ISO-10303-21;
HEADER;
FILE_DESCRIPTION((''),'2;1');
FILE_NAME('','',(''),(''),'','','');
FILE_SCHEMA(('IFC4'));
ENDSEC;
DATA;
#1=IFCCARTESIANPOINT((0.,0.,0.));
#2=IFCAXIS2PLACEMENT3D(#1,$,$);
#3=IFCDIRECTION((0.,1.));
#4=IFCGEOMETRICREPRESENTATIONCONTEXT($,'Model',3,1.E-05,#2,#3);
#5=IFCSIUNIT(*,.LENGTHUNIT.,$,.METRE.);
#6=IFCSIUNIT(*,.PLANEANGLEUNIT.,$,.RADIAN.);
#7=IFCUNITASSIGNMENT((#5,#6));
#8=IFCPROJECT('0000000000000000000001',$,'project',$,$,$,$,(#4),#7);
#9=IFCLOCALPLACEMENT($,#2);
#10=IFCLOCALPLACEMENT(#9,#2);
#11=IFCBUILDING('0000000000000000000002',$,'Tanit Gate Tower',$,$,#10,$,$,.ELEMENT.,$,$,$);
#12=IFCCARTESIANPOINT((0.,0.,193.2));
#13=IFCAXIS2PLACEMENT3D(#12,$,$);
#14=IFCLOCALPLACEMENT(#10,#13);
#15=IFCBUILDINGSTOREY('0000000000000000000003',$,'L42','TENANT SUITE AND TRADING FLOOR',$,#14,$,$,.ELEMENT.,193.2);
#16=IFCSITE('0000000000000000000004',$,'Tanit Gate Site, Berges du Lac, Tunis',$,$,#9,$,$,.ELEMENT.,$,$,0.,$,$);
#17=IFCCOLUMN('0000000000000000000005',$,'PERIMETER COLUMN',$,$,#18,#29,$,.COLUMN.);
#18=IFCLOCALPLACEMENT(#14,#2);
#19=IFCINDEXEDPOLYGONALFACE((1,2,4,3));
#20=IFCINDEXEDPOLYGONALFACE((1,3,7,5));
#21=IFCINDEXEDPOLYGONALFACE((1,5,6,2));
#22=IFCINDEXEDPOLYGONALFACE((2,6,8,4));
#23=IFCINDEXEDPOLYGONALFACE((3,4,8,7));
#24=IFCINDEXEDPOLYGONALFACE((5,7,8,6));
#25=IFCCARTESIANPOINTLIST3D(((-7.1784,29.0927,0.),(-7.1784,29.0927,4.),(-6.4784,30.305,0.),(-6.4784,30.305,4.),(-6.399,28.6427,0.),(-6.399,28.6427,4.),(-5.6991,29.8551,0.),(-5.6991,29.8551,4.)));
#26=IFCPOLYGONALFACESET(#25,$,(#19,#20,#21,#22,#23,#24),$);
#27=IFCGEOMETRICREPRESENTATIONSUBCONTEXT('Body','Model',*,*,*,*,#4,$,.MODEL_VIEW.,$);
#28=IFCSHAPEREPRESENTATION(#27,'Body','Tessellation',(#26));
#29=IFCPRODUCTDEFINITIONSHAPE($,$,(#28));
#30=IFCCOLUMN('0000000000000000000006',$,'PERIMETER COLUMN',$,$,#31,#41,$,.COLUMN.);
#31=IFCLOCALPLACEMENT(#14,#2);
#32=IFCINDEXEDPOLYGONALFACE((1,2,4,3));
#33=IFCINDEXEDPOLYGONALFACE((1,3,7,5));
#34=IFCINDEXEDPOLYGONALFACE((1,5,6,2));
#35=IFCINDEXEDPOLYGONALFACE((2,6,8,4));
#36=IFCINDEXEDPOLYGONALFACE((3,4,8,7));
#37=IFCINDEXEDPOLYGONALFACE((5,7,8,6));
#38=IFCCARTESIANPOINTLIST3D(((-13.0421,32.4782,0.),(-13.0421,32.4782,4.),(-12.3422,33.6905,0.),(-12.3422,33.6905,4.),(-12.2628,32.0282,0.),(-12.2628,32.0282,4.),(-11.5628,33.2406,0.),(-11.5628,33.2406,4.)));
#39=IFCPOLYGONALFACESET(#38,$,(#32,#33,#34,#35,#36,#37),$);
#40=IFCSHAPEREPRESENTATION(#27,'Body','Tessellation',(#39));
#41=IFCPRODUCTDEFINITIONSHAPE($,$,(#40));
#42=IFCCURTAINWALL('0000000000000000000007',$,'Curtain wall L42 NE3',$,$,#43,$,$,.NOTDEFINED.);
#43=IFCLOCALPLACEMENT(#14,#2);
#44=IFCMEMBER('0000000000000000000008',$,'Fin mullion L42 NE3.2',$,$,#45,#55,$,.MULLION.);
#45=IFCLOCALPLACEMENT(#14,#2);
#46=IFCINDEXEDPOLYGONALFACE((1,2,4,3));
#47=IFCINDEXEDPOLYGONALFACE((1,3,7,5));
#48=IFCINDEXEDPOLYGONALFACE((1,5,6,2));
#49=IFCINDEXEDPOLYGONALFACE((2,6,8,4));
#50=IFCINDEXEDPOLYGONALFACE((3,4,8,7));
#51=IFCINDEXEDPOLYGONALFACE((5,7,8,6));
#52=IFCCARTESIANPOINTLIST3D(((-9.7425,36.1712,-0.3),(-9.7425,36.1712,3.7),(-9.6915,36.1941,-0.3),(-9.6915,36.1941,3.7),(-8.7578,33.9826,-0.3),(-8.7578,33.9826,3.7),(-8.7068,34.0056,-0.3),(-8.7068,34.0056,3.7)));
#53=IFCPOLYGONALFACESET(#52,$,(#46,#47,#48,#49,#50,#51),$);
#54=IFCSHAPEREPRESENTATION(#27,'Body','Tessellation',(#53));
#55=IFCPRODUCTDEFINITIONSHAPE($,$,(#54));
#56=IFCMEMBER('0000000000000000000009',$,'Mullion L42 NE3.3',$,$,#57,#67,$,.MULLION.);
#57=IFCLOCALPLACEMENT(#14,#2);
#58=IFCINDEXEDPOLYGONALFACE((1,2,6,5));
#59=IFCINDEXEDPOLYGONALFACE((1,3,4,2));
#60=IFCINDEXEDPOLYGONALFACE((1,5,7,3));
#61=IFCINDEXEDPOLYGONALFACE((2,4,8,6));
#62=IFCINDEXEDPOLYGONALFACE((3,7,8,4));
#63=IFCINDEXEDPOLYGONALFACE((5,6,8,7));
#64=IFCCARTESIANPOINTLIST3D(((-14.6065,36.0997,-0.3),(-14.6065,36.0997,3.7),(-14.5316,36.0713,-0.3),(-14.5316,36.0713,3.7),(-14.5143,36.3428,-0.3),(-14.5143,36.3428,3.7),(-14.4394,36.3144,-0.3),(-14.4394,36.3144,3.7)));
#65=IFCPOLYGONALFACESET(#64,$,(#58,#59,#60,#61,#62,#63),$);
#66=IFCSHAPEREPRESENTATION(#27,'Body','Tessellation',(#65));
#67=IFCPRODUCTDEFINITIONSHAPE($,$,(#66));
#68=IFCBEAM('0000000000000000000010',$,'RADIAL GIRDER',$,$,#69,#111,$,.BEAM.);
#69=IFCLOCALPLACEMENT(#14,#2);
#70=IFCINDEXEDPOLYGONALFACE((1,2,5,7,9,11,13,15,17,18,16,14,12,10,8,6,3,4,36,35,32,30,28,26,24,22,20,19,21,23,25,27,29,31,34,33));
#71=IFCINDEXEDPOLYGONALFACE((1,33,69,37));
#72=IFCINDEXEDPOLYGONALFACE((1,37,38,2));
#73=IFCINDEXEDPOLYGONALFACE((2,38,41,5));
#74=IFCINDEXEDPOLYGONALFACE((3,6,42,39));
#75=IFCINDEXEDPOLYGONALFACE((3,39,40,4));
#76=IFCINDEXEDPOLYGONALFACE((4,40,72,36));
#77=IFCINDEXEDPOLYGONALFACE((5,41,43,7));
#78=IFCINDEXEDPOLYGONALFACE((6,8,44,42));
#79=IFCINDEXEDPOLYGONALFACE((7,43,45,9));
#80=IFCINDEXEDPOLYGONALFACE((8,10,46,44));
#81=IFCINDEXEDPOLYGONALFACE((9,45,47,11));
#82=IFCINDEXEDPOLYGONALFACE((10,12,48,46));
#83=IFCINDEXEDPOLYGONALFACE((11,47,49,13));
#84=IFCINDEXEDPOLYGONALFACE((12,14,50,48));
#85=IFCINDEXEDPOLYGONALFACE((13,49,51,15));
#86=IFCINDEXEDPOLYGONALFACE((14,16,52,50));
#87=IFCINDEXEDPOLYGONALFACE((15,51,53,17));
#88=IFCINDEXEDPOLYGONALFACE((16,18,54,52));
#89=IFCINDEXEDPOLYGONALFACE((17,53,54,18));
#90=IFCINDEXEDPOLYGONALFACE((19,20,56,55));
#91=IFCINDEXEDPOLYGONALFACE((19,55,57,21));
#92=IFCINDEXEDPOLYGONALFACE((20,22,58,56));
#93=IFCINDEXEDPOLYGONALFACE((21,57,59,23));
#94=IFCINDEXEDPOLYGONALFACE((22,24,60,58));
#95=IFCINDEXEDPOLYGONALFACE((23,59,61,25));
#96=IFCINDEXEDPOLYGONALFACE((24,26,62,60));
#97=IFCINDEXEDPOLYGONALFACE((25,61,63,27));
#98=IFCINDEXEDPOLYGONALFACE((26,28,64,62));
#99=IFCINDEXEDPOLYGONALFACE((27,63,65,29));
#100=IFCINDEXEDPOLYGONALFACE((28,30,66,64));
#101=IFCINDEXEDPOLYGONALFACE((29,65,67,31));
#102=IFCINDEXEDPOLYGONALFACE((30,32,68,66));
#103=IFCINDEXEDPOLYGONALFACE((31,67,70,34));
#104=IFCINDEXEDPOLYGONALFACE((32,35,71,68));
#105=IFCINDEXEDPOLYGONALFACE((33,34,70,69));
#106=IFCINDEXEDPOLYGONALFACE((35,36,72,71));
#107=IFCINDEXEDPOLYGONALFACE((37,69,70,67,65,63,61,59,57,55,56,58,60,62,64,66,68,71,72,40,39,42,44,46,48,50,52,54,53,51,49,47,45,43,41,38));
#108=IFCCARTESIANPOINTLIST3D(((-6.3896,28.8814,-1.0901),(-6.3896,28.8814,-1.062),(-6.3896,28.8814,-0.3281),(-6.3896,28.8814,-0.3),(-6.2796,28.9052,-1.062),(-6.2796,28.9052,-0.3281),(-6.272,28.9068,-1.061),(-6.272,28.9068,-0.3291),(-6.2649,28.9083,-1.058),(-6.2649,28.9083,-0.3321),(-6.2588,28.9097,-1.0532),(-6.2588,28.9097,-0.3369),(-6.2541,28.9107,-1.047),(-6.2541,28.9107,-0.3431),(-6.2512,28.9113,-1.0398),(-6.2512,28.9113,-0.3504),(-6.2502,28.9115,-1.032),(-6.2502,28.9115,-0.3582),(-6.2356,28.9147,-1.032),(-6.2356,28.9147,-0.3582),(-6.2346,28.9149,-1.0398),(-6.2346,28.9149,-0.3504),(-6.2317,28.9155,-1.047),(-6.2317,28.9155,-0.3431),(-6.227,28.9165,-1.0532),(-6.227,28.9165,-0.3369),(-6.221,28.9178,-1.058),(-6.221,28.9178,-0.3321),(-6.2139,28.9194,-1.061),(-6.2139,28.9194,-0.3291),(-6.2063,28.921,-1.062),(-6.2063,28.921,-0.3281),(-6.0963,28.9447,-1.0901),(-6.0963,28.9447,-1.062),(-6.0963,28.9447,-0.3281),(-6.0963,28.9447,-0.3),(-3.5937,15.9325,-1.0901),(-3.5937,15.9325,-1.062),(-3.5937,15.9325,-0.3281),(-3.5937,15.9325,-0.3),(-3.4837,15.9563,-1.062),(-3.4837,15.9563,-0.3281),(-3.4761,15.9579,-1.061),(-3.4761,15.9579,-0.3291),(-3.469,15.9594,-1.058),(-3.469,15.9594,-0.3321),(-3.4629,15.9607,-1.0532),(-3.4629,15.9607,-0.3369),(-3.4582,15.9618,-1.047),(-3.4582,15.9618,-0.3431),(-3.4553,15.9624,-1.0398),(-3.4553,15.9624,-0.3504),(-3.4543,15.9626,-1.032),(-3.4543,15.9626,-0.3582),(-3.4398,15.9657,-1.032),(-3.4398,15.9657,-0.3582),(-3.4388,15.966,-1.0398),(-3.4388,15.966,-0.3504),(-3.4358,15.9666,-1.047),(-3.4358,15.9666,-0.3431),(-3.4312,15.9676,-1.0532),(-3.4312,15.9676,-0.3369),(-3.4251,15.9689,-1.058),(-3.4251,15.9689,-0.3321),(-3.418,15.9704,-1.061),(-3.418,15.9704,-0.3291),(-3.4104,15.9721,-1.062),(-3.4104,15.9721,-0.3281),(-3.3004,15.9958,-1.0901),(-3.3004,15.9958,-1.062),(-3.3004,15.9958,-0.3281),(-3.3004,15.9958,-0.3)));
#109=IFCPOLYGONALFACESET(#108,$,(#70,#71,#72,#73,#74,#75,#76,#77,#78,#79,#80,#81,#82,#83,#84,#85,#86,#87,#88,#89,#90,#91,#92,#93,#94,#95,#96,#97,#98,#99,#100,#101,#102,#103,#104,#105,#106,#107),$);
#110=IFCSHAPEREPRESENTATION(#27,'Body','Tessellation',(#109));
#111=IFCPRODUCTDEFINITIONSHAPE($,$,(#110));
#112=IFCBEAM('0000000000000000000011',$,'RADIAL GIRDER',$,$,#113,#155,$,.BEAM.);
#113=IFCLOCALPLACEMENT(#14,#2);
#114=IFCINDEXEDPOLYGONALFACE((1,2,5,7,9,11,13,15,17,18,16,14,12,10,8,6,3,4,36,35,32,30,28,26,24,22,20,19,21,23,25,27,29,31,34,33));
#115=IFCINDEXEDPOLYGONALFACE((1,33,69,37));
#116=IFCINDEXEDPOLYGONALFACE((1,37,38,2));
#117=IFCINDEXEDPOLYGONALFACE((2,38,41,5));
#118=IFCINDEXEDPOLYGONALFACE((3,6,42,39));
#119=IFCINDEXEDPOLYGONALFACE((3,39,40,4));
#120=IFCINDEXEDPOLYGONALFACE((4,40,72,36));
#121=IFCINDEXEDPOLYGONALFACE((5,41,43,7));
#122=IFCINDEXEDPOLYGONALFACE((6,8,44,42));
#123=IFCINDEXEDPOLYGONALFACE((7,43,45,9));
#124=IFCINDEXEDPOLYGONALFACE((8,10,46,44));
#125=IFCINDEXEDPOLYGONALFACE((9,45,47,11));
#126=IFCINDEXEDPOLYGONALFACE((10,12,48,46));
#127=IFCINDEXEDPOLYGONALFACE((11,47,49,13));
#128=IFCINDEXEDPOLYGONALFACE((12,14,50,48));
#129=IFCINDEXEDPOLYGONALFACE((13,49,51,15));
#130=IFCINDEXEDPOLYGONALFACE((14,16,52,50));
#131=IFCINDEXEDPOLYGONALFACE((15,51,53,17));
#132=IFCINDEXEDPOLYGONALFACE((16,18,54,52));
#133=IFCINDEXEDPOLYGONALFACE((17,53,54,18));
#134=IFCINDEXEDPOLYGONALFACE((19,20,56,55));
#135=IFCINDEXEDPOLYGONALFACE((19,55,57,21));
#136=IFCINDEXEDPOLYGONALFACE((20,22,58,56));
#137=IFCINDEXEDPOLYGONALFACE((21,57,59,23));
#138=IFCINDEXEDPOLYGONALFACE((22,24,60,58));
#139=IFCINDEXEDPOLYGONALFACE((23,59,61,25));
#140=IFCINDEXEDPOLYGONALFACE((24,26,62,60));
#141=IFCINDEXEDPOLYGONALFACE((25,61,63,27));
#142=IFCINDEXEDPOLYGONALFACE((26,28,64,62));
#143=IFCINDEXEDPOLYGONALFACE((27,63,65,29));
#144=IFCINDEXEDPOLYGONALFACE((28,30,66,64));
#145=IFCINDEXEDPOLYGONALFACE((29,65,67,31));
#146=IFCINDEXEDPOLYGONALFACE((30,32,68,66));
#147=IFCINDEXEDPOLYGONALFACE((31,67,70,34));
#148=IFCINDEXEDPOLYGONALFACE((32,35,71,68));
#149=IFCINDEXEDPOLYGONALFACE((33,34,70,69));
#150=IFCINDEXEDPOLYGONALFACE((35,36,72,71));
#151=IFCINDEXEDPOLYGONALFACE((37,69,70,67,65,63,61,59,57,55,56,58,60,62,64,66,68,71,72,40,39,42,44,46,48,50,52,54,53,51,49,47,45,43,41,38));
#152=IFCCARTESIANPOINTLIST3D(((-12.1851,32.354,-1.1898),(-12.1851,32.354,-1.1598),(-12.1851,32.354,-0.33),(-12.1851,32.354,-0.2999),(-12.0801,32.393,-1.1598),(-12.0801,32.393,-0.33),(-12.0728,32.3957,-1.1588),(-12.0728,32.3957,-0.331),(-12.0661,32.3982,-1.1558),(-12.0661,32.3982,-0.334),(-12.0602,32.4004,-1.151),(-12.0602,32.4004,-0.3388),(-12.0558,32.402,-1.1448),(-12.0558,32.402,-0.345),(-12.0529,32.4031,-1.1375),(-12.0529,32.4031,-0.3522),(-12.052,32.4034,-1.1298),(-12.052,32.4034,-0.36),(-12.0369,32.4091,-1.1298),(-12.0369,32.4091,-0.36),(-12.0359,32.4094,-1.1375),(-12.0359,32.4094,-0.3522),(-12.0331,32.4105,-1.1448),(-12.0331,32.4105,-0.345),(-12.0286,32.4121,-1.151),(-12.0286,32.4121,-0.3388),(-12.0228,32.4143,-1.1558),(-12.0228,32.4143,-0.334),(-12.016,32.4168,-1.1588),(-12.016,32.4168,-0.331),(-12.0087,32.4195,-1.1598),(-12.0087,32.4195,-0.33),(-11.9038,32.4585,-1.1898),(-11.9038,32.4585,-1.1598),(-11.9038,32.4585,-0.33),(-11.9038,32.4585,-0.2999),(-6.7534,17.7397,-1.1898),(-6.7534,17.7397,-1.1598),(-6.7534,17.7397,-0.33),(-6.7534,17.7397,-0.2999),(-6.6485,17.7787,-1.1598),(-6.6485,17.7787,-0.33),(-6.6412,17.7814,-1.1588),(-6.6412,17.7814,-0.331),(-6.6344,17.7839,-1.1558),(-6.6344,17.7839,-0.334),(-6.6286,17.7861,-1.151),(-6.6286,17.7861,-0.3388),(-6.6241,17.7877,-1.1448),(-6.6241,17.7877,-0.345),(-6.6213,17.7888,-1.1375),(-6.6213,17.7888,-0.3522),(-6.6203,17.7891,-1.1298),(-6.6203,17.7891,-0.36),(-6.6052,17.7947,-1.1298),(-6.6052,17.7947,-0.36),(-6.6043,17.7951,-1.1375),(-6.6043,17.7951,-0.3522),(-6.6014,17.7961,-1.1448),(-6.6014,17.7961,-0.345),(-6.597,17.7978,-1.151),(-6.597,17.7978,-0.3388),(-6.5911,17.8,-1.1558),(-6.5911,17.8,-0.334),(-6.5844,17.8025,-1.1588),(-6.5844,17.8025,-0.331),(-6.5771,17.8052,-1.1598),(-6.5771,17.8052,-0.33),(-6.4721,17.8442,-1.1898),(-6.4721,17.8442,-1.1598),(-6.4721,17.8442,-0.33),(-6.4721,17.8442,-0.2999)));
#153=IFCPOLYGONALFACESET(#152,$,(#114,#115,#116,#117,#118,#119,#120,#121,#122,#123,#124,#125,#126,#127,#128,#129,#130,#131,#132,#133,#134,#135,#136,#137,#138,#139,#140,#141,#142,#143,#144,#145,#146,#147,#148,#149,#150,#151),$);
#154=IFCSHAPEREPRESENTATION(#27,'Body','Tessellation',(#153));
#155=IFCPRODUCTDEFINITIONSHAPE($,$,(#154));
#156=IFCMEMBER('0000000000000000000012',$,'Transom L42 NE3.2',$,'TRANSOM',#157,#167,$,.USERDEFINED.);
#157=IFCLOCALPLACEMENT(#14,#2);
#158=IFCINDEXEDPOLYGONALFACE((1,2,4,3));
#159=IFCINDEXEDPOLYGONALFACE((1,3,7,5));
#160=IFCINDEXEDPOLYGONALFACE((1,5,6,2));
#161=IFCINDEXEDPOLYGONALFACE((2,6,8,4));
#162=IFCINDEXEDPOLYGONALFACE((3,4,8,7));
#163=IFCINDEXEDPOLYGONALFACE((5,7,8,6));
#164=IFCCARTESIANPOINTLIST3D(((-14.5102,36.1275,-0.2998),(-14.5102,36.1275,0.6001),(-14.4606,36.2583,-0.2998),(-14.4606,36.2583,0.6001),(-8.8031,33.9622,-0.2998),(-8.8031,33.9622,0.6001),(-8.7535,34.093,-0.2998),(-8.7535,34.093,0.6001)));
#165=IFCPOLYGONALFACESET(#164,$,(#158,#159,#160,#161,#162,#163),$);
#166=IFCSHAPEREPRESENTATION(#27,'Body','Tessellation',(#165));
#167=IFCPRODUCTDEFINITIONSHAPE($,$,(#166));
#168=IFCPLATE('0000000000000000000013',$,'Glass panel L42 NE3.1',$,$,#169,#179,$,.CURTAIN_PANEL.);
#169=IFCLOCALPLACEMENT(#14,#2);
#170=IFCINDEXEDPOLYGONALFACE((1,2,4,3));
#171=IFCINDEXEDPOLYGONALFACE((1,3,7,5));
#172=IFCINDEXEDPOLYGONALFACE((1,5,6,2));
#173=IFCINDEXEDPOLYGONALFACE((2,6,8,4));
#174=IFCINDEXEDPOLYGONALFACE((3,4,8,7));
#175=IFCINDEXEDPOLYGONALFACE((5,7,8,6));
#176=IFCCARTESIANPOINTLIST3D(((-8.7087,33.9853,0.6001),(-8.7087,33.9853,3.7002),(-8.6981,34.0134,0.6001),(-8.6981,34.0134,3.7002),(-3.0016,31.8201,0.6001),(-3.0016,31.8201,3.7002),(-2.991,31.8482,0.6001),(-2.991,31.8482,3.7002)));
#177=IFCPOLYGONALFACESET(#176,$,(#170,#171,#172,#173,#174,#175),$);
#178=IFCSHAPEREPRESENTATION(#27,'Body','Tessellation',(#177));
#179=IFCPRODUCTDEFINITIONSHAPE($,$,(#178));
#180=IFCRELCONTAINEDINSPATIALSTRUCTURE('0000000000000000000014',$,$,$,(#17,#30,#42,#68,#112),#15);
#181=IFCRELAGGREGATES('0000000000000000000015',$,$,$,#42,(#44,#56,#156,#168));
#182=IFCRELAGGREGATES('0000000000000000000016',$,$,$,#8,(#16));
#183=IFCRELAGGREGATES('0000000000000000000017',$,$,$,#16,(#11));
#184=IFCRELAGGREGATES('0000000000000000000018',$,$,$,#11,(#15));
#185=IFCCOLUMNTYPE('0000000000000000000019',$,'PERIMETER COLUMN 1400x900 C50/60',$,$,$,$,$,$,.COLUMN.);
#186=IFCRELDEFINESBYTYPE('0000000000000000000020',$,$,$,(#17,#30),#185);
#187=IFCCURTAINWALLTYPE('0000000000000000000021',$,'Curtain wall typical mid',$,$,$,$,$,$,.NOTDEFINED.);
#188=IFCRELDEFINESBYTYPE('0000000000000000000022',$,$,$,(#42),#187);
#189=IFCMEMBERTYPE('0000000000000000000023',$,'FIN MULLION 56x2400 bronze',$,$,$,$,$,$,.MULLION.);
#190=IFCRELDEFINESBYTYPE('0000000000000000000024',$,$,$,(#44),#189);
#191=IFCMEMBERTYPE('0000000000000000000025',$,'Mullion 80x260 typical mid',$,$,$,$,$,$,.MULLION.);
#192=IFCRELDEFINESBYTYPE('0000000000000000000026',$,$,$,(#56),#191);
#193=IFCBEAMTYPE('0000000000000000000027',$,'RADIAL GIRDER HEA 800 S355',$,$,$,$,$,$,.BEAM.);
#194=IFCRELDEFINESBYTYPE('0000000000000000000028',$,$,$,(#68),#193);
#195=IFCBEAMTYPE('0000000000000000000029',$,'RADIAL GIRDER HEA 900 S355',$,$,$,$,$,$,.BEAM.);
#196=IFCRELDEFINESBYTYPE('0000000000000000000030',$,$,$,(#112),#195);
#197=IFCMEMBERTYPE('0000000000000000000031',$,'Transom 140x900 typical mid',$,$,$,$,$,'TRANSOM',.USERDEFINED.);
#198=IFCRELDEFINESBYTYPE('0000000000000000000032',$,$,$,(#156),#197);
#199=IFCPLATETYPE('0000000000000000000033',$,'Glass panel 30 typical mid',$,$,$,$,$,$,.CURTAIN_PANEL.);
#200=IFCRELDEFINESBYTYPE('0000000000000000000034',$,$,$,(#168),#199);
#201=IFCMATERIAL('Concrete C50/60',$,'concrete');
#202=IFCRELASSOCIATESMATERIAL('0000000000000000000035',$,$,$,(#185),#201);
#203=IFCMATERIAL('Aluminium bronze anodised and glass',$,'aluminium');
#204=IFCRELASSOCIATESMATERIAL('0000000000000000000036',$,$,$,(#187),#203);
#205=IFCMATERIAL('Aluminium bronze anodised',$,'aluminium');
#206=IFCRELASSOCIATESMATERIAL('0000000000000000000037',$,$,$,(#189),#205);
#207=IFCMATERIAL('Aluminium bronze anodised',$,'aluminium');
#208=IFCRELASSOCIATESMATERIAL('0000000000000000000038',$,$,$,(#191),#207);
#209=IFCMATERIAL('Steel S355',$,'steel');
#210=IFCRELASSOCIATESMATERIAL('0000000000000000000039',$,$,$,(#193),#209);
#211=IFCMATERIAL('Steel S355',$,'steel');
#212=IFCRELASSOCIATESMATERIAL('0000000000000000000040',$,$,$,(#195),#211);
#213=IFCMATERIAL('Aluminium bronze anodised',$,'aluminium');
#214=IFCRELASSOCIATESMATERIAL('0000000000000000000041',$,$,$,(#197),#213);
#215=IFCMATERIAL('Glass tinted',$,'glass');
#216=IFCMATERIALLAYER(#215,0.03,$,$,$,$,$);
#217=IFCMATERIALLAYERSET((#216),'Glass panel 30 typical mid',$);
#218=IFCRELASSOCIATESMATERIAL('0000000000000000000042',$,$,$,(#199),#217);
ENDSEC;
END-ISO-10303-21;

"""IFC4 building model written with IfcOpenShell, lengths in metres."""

from ifc_helpers import new_model, si_unit, direction, frame, origin, origin_2d, place, context, subcontext, project, spatial, rectangle, i_section, extrude, material, layer, layer_set, material_profile, profile_set, type_object, element, aggregate, save


model = new_model("IFC4")

# Units and contexts
model_context = context("Model", 3, precision=1e-05, world=origin(), true_north=direction((0.0, 1.0)))
body_context = subcontext(model_context, "Body", "Model", "MODEL_VIEW")
ifc_project = project(units=[si_unit("LENGTHUNIT", "METRE"), si_unit("PLANEANGLEUNIT", "RADIAN")], contexts=[model_context])

# Site, building, storey
site_placement = place(None, origin())
site = spatial("IfcSite", under=ifc_project, at=site_placement, Name="Tanit Gate Site, Berges du Lac, Tunis", CompositionType="ELEMENT", RefElevation=0.0)
building_placement = place(site_placement, origin())
building = spatial("IfcBuilding", under=site, at=building_placement, Name="Tanit Gate Tower", CompositionType="ELEMENT")
storey_placement = place(building_placement, frame((0.0, 0.0, 193.2)))
storey = spatial("IfcBuildingStorey", under=building, at=storey_placement, Name="L42", Description="TENANT SUITE AND TRADING FLOOR", CompositionType="ELEMENT", Elevation=193.2)

# Columns
ifc_material_1 = material(Name="Concrete C50/60", Category="concrete")
ifc_material_profile_1 = material_profile(ifc_material_1, rectangle(XDim=1.3999, YDim=0.8999, at=origin_2d()), Name="RC 1400x900")
ifc_profile_set_1 = profile_set([ifc_material_profile_1], Name="Concrete C50/60")
column_type = type_object("IfcColumnType", Name="PERIMETER COLUMN 1400x900 C50/60", PredefinedType="COLUMN", material=ifc_profile_set_1)
for number, where, z_axis, x_axis, name in (
    (1, (-6.4387, 29.4739, 0.0), (0.0, 0.0, 1.0), (0.5, 0.866025, 0.0), "PERIMETER COLUMN"),
    (2, (-12.3025, 32.8594, 0.0), (0.0, 0.0, 1.0), (0.5, 0.866025, 0.0), "PERIMETER COLUMN"),
):
    element("IfcColumn", number, at=place(storey_placement, frame(where, z_axis=z_axis, x_axis=x_axis)), inside=storey, type_object=column_type, Name=name, PredefinedType="COLUMN", context=body_context, shape_type="SweptSolid", body=[
        extrude(rectangle(XDim=1.3999, YDim=0.8999, at=origin_2d()), origin(), (0.0, 0.0, 1.0), 4.0),
    ])

# Curtain wall, members
ifc_material_2 = material(Name="Aluminium bronze anodised and glass", Category="aluminium")
curtain_wall_type = type_object("IfcCurtainWallType", Name="Curtain wall typical mid", PredefinedType="NOTDEFINED", material=ifc_material_2)
curtain_wall_placement = place(storey_placement, origin())
curtain_wall = element("IfcCurtainWall", 3, at=curtain_wall_placement, inside=storey, type_object=curtain_wall_type, Name="Curtain wall L42 NE3", PredefinedType="NOTDEFINED")
ifc_material_3 = material(Name="Aluminium bronze anodised", Category="aluminium")
ifc_material_profile_2 = material_profile(ifc_material_3, rectangle(XDim=2.3999, YDim=0.0559, at=origin_2d()), Name="56x2400 bronze fin mullion")
ifc_profile_set_2 = profile_set([ifc_material_profile_2], Name="Aluminium bronze anodised")
member_type_1 = type_object("IfcMemberType", Name="FIN MULLION 56x2400 bronze", PredefinedType="MULLION", material=ifc_profile_set_2)
member_1_placement = place(storey_placement, frame((-9.2246, 35.0884, -0.3), z_axis=(0.0, 0.0, 1.0), x_axis=(0.41031, -0.911946, 0.0)))
member_1 = element("IfcMember", 4, at=member_1_placement, type_object=member_type_1, Name="Fin mullion L42 NE3.2", PredefinedType="MULLION", context=body_context, shape_type="SweptSolid", body=[
    extrude(rectangle(XDim=2.3999, YDim=0.0559, at=origin_2d()), origin(), (0.0, 0.0, 1.0), 4.0),
])
ifc_material_4 = material(Name="Aluminium bronze anodised", Category="aluminium")
ifc_material_profile_3 = material_profile(ifc_material_4, rectangle(XDim=0.26, YDim=0.0801, at=origin_2d()), Name="80x260 bronze mullion")
ifc_profile_set_3 = profile_set([ifc_material_profile_3], Name="Aluminium bronze anodised")
member_type_2 = type_object("IfcMemberType", Name="Mullion 80x260 typical mid", PredefinedType="MULLION", material=ifc_profile_set_3)
member_2_placement = place(storey_placement, frame((-14.5229, 36.207, -0.3), z_axis=(0.0, 0.0, 1.0), x_axis=(-0.35471, -0.934976, 0.0)))
member_2 = element("IfcMember", 5, at=member_2_placement, type_object=member_type_2, Name="Mullion L42 NE3.3", PredefinedType="MULLION", context=body_context, shape_type="SweptSolid", body=[
    extrude(rectangle(XDim=0.26, YDim=0.0801, at=origin_2d()), origin(), (0.0, 0.0, 1.0), 4.0),
])

# Beams
ifc_material_5 = material(Name="Steel S355", Category="steel")
ifc_material_profile_4 = material_profile(ifc_material_5, i_section(OverallWidth=0.3, OverallDepth=0.79, WebThickness=0.0149, FlangeThickness=0.0281, FilletRadius=0.03, at=origin_2d()), Name="HEA 800")
ifc_profile_set_4 = profile_set([ifc_material_profile_4], Name="Steel S355")
beam_type_1 = type_object("IfcBeamType", Name="RADIAL GIRDER HEA 800 S355", PredefinedType="BEAM", material=ifc_profile_set_4)
beam_1_placement = place(storey_placement, frame((-6.2429, 28.9131, -0.6951), z_axis=(0.211053, -0.977475, 0.0), x_axis=(0.977475, 0.211053, 0.0)))
element("IfcBeam", 6, at=beam_1_placement, inside=storey, type_object=beam_type_1, Name="RADIAL GIRDER", PredefinedType="BEAM", context=body_context, shape_type="SweptSolid", body=[
    extrude(i_section(OverallWidth=0.3, OverallDepth=0.79, WebThickness=0.0149, FlangeThickness=0.0281, FilletRadius=0.03, at=origin_2d()), origin(), (0.0, 0.0, 1.0), 13.2473),
])
ifc_material_6 = material(Name="Steel S355", Category="steel")
ifc_material_profile_5 = material_profile(ifc_material_6, i_section(OverallWidth=0.3, OverallDepth=0.8899, WebThickness=0.0161, FlangeThickness=0.03, FilletRadius=0.03, at=origin_2d()), Name="HEA 900")
ifc_profile_set_5 = profile_set([ifc_material_profile_5], Name="Steel S355")
beam_type_2 = type_object("IfcBeamType", Name="RADIAL GIRDER HEA 900 S355", PredefinedType="BEAM", material=ifc_profile_set_5)
beam_2_placement = place(storey_placement, frame((-12.0444, 32.4062, -0.7449), z_axis=(0.348383, -0.937352, 0.0), x_axis=(0.937352, 0.348383, 0.0)))
element("IfcBeam", 7, at=beam_2_placement, inside=storey, type_object=beam_type_2, Name="RADIAL GIRDER", PredefinedType="BEAM", context=body_context, shape_type="SweptSolid", body=[
    extrude(i_section(OverallWidth=0.3, OverallDepth=0.8899, WebThickness=0.0161, FlangeThickness=0.03, FilletRadius=0.03, at=origin_2d()), origin(), (0.0, 0.0, 1.0), 15.5911),
])

# Member
ifc_material_7 = material(Name="Aluminium bronze anodised", Category="aluminium")
ifc_material_profile_6 = material_profile(ifc_material_7, rectangle(XDim=0.1399, YDim=0.8999, at=origin_2d()), Name="140x900 bronze transom")
ifc_profile_set_6 = profile_set([ifc_material_profile_6], Name="Aluminium bronze anodised")
member_type_3 = type_object("IfcMemberType", Name="Transom 140x900 typical mid", ElementType="TRANSOM", PredefinedType="USERDEFINED", material=ifc_profile_set_6)
member_3_placement = place(storey_placement, frame((-8.7783, 34.0276, 0.1501), z_axis=(-0.934968, 0.354733, 0.0), x_axis=(-0.354733, -0.934968, 0.0)))
member_3 = element("IfcMember", 8, at=member_3_placement, type_object=member_type_3, Name="Transom L42 NE3.2", ObjectType="TRANSOM", PredefinedType="USERDEFINED", context=body_context, shape_type="SweptSolid", body=[
    extrude(rectangle(XDim=0.1399, YDim=0.8999, at=origin_2d()), origin(), (0.0, 0.0, 1.0), 6.104),
])

# Plate
ifc_material_8 = material(Name="Glass tinted", Category="glass")
ifc_layer_1 = layer(ifc_material_8, 0.03)
ifc_layer_set_1 = layer_set([ifc_layer_1], Name="Glass panel 30 typical mid")
plate_type = type_object("IfcPlateType", Name="Glass panel 30 typical mid", PredefinedType="CURTAIN_PANEL", material=ifc_layer_set_1)
plate_1_placement = place(storey_placement, frame((-5.8499, 32.9167, 0.6001), z_axis=(0.0, 0.0, 1.0), x_axis=(-0.934976, 0.35471, 0.0)))
plate_1 = element("IfcPlate", 9, at=plate_1_placement, type_object=plate_type, Name="Glass panel L42 NE3.1", PredefinedType="CURTAIN_PANEL", context=body_context, shape_type="SweptSolid", body=[
    extrude(rectangle(XDim=6.104, YDim=0.03, at=origin_2d()), origin(), (0.0, 0.0, 1.0), 3.1001),
])
aggregate(curtain_wall, [member_1, member_2, member_3, plate_1])

save(model, "model.ifc")
